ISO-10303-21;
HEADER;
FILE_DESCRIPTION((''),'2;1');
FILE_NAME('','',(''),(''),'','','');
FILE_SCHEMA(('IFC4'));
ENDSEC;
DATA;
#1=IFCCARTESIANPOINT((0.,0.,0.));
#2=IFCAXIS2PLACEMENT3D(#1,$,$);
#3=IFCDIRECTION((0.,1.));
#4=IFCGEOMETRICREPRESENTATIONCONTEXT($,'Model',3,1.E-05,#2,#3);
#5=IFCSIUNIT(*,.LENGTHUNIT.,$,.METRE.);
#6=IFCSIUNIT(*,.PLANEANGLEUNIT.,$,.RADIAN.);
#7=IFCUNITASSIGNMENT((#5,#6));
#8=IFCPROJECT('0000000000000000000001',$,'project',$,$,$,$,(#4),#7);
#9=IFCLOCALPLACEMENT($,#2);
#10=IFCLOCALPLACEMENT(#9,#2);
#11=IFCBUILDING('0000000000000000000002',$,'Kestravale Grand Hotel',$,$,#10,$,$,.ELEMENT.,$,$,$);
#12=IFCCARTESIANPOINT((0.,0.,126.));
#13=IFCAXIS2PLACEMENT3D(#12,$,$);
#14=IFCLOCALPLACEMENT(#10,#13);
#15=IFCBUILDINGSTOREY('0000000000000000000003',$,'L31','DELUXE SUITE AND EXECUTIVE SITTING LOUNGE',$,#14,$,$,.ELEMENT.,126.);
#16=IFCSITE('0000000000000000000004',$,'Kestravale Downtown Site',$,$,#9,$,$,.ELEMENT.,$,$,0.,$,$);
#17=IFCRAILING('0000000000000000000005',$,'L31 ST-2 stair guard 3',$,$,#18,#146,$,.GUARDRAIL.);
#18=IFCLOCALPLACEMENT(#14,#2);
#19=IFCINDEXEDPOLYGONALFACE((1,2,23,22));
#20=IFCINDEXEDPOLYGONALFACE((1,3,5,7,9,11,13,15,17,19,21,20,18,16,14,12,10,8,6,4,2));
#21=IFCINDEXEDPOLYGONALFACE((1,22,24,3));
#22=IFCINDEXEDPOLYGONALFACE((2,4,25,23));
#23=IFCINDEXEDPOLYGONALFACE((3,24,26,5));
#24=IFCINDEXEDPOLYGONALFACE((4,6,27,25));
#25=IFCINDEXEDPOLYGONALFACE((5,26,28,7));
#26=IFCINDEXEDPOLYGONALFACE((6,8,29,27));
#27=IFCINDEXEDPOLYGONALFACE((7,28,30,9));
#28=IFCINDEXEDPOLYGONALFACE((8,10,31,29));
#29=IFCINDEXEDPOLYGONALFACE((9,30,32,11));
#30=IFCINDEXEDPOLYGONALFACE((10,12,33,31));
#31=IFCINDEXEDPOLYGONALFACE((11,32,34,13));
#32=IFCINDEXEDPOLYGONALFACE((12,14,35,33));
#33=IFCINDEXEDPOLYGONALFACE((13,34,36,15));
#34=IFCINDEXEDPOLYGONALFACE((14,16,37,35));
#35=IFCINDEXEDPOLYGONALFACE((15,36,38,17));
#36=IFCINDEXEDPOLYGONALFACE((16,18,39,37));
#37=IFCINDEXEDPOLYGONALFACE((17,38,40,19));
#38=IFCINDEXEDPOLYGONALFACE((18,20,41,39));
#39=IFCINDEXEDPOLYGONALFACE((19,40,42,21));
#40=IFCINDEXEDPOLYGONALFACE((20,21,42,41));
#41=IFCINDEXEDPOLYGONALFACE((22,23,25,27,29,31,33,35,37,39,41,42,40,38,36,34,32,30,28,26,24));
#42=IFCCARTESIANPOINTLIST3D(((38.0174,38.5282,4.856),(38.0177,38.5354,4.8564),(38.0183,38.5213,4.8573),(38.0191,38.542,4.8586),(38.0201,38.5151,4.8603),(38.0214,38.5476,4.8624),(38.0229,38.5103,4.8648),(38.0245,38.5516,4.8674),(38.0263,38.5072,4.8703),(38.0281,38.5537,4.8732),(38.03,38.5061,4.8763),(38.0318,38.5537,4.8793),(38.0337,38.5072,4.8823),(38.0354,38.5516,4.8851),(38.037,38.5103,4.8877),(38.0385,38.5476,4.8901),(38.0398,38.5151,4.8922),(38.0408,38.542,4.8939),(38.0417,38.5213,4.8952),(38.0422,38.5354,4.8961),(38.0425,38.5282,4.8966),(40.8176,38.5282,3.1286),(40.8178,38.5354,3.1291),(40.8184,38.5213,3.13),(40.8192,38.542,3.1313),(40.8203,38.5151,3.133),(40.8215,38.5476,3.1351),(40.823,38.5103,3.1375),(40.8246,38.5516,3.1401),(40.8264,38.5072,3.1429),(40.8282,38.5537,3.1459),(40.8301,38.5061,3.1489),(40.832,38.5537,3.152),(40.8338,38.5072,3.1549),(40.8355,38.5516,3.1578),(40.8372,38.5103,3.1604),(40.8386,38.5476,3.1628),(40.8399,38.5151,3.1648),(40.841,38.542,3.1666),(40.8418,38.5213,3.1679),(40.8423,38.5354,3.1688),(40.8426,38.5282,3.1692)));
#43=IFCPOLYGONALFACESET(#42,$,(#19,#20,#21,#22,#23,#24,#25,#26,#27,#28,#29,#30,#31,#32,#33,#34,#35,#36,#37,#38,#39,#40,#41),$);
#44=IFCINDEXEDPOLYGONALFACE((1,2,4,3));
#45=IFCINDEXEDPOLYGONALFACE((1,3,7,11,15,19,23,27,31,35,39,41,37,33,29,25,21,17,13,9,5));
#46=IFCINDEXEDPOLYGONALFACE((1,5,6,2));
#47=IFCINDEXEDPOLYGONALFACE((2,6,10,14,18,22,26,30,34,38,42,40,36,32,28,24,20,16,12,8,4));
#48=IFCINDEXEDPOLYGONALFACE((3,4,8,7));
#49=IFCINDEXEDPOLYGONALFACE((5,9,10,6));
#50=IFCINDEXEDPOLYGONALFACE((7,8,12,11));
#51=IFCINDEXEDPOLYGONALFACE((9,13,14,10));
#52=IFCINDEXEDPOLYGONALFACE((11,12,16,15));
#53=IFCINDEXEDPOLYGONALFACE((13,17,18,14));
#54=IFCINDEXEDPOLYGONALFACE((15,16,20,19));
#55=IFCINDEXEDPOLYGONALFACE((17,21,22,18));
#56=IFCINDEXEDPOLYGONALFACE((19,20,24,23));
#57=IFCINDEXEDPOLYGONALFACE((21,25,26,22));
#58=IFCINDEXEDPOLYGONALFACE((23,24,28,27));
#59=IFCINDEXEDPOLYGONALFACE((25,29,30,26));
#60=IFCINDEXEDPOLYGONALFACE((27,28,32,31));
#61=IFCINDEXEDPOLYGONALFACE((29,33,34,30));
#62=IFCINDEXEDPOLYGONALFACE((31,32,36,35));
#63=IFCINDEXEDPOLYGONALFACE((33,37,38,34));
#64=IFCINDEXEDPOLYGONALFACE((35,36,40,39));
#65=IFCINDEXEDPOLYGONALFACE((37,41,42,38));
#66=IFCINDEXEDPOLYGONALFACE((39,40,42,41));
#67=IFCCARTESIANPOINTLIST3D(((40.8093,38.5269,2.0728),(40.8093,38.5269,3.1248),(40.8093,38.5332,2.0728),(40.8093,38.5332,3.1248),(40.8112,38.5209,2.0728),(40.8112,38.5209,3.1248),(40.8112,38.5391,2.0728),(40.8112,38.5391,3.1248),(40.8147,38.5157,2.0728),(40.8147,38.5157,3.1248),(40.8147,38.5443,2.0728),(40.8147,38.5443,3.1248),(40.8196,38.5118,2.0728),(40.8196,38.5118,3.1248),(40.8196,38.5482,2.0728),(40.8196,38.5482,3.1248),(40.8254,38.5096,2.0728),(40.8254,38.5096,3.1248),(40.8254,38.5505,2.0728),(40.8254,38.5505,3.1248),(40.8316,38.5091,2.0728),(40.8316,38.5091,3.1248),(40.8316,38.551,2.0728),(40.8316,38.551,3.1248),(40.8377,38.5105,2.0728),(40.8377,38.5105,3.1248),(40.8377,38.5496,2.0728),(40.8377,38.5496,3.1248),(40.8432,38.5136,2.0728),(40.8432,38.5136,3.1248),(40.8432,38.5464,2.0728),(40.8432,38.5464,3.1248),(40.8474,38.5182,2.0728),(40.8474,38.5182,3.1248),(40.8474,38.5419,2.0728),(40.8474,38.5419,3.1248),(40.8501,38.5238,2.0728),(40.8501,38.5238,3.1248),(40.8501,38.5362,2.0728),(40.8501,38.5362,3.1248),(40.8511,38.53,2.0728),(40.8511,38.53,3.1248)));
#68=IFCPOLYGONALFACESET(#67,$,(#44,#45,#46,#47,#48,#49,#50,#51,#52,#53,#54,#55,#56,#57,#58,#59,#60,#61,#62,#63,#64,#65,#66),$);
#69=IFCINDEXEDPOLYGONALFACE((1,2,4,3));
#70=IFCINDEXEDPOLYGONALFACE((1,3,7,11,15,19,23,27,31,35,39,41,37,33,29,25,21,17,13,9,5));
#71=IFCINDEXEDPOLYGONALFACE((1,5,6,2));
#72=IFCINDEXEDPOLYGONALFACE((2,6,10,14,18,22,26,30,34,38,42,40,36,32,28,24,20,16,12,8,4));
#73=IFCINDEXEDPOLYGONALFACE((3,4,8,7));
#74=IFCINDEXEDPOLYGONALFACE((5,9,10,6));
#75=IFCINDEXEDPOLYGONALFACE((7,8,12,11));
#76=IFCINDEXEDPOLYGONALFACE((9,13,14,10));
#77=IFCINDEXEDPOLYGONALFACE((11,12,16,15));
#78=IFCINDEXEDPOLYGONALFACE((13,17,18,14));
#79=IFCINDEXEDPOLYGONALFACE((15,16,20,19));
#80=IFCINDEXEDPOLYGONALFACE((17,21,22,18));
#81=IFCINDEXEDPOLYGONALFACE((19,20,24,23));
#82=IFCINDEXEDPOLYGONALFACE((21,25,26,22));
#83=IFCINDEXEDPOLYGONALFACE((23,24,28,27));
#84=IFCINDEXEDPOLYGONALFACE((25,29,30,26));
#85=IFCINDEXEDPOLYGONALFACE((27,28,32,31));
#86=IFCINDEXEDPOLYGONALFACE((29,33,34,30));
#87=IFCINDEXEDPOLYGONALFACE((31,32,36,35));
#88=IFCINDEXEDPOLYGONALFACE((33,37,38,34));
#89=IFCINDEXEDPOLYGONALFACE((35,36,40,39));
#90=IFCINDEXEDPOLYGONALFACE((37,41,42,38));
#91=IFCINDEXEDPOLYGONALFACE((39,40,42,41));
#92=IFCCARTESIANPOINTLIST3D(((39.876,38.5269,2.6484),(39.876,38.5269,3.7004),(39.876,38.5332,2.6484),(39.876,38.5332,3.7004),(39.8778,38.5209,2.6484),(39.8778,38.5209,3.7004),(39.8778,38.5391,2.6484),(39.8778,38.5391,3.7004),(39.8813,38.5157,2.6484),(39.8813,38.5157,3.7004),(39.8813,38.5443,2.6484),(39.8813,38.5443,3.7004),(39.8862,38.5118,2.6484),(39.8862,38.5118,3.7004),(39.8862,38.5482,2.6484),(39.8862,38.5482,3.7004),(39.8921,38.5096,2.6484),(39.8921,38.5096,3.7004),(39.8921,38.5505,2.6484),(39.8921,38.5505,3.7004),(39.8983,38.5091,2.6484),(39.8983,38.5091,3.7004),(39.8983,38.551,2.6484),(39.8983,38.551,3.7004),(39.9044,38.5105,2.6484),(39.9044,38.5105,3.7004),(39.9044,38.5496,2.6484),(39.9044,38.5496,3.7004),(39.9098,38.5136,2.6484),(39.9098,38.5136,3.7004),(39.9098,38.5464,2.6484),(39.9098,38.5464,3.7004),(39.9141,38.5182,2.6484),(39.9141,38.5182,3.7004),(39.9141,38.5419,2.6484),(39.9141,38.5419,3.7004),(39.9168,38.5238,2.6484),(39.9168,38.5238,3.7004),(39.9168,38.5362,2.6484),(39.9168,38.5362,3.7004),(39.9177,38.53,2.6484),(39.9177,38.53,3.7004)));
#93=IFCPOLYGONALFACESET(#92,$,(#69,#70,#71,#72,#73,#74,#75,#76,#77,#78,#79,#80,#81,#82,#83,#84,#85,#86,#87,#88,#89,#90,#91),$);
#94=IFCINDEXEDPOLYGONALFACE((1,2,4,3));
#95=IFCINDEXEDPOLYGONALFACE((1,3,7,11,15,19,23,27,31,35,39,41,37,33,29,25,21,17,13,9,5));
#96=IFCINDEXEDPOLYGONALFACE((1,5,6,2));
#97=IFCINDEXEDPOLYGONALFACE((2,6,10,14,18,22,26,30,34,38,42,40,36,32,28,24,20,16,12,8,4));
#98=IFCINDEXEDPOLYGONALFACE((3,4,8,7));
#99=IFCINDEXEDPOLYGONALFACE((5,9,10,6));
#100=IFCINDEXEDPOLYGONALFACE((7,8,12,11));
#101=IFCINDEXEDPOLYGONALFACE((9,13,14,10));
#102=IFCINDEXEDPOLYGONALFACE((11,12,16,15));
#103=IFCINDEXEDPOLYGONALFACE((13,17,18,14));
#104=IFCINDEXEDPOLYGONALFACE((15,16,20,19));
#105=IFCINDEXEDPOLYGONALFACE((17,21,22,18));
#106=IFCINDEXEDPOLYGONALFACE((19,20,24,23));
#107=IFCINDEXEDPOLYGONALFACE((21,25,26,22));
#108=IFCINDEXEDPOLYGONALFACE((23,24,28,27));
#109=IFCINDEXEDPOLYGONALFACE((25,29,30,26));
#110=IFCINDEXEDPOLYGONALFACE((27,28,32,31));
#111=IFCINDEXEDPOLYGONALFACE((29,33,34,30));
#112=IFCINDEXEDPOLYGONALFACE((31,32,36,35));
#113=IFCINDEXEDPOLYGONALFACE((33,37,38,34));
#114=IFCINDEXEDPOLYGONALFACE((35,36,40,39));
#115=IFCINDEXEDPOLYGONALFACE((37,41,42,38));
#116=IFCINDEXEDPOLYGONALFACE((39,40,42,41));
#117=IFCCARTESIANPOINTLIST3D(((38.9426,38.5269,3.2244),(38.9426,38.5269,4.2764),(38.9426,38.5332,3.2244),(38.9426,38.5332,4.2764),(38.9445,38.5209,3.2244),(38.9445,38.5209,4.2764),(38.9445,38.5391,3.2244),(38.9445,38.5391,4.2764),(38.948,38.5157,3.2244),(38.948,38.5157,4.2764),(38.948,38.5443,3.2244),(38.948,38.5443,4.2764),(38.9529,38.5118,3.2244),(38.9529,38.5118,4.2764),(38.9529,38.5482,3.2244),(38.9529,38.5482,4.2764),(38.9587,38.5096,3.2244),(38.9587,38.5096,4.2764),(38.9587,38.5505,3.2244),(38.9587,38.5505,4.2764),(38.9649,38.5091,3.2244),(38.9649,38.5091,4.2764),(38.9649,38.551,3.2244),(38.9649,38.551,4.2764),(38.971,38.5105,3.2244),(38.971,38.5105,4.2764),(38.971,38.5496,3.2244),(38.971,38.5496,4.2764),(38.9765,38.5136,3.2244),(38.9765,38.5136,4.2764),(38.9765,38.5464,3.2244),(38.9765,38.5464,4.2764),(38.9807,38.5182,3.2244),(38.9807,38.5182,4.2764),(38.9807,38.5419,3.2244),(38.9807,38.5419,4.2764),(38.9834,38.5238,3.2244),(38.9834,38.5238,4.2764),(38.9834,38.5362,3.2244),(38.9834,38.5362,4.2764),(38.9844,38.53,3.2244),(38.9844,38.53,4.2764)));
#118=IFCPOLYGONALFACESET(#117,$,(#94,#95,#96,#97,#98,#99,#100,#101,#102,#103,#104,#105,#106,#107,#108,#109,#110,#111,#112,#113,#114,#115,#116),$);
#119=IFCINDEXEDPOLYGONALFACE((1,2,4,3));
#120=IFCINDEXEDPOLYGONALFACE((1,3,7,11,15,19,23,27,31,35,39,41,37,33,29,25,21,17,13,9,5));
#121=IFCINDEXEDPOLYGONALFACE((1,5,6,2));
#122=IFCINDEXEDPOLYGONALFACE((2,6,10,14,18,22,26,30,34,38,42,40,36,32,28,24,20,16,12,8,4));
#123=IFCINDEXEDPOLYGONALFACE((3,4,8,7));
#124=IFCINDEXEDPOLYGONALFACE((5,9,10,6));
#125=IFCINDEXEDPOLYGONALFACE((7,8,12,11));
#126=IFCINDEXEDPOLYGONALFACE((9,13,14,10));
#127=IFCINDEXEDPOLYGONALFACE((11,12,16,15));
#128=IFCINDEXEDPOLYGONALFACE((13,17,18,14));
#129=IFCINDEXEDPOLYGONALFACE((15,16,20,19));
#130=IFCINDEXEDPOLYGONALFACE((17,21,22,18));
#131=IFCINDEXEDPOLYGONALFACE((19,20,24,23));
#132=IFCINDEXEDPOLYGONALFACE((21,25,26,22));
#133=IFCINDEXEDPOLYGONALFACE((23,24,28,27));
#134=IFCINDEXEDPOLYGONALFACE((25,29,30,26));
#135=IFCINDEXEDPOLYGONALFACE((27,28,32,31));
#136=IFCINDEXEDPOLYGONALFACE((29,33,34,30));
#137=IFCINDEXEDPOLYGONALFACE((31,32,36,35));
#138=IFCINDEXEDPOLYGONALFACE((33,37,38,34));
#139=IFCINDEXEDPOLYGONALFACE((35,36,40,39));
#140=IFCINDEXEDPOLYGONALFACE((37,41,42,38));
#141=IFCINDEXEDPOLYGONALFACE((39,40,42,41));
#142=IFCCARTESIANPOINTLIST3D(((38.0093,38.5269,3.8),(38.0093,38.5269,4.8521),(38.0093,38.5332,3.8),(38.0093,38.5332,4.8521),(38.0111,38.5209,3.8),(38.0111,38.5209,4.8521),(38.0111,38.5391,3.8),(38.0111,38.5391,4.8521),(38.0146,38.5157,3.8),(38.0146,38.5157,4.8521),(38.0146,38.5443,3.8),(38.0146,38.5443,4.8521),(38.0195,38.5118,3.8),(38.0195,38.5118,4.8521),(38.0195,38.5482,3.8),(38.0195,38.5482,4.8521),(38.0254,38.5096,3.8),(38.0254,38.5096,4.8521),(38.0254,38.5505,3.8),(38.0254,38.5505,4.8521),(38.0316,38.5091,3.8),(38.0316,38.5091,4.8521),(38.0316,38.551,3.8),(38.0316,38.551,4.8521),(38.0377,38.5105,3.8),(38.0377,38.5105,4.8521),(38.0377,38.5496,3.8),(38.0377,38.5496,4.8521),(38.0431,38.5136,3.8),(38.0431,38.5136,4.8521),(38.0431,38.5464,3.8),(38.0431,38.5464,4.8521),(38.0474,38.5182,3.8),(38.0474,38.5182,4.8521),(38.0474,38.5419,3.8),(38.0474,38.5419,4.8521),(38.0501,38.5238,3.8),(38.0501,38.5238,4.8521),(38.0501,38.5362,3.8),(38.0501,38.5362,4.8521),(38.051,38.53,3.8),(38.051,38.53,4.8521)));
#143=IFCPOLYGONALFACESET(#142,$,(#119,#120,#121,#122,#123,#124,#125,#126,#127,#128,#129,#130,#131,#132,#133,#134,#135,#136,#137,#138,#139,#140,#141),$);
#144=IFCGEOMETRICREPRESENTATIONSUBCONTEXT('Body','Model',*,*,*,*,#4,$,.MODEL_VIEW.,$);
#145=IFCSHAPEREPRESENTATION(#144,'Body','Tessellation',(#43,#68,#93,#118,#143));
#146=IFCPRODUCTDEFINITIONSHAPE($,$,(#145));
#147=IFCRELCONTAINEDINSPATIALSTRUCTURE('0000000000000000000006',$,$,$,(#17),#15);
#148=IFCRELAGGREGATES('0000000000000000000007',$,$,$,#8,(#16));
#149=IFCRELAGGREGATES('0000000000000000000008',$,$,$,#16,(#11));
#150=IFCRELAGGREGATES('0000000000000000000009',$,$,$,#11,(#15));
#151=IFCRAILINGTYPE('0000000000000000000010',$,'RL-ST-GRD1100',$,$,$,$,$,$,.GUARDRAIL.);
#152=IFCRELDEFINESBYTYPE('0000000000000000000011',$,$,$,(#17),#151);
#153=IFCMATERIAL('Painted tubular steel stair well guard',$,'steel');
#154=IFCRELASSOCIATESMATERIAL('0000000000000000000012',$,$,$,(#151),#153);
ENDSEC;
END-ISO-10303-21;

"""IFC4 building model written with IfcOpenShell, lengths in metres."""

from ifc_helpers import new_model, si_unit, direction, frame, origin, origin_2d, place, context, subcontext, project, spatial, circle, extrude, material, type_object, element, save


model = new_model("IFC4")

# Units and contexts
model_context = context("Model", 3, precision=1e-05, world=origin(), true_north=direction((0.0, 1.0)))
body_context = subcontext(model_context, "Body", "Model", "MODEL_VIEW")
ifc_project = project(units=[si_unit("LENGTHUNIT", "METRE"), si_unit("PLANEANGLEUNIT", "RADIAN")], contexts=[model_context])

# Site, building, storey
site_placement = place(None, origin())
site = spatial("IfcSite", under=ifc_project, at=site_placement, Name="Kestravale Downtown Site", CompositionType="ELEMENT", RefElevation=0.0)
building_placement = place(site_placement, origin())
building = spatial("IfcBuilding", under=site, at=building_placement, Name="Kestravale Grand Hotel", CompositionType="ELEMENT")
storey_placement = place(building_placement, frame((0.0, 0.0, 126.0)))
storey = spatial("IfcBuildingStorey", under=building, at=storey_placement, Name="L31", Description="DELUXE SUITE AND EXECUTIVE SITTING LOUNGE", CompositionType="ELEMENT", Elevation=126.0)

# Railing
ifc_material_1 = material(Name="Painted tubular steel stair well guard", Category="steel")
railing_type_1 = type_object("IfcRailingType", Name="RL-ST-GRD1100", PredefinedType="GUARDRAIL", material=ifc_material_1)
railing_1_placement = place(storey_placement, frame((40.8301, 38.53, 2.0728)))
element("IfcRailing", 1, at=railing_1_placement, inside=storey, type_object=railing_type_1, Name="L31 ST-2 stair guard 3", PredefinedType="GUARDRAIL", context=body_context, shape_type="SweptSolid", body=[
    extrude(circle(Radius=0.0239, at=origin_2d()), frame((0.0, 0.0, 1.0762), z_axis=(-0.85109, 0.0, 0.52502), x_axis=(0.0, -1.0, 0.0)), (0.0, 0.0, 1.0), 3.29),
    extrude(circle(Radius=0.021, at=origin_2d()), origin(), (0.0, 0.0, 1.0), 1.052),
    extrude(circle(Radius=0.021, at=origin_2d()), frame((-0.9333, 0.0, 0.5757)), (0.0, 0.0, 1.0), 1.052),
    extrude(circle(Radius=0.021, at=origin_2d()), frame((-1.8667, 0.0, 1.1516)), (0.0, 0.0, 1.0), 1.052),
    extrude(circle(Radius=0.021, at=origin_2d()), frame((-2.8, 0.0, 1.7273)), (0.0, 0.0, 1.0), 1.052),
])

save(model, "model.ifc")
